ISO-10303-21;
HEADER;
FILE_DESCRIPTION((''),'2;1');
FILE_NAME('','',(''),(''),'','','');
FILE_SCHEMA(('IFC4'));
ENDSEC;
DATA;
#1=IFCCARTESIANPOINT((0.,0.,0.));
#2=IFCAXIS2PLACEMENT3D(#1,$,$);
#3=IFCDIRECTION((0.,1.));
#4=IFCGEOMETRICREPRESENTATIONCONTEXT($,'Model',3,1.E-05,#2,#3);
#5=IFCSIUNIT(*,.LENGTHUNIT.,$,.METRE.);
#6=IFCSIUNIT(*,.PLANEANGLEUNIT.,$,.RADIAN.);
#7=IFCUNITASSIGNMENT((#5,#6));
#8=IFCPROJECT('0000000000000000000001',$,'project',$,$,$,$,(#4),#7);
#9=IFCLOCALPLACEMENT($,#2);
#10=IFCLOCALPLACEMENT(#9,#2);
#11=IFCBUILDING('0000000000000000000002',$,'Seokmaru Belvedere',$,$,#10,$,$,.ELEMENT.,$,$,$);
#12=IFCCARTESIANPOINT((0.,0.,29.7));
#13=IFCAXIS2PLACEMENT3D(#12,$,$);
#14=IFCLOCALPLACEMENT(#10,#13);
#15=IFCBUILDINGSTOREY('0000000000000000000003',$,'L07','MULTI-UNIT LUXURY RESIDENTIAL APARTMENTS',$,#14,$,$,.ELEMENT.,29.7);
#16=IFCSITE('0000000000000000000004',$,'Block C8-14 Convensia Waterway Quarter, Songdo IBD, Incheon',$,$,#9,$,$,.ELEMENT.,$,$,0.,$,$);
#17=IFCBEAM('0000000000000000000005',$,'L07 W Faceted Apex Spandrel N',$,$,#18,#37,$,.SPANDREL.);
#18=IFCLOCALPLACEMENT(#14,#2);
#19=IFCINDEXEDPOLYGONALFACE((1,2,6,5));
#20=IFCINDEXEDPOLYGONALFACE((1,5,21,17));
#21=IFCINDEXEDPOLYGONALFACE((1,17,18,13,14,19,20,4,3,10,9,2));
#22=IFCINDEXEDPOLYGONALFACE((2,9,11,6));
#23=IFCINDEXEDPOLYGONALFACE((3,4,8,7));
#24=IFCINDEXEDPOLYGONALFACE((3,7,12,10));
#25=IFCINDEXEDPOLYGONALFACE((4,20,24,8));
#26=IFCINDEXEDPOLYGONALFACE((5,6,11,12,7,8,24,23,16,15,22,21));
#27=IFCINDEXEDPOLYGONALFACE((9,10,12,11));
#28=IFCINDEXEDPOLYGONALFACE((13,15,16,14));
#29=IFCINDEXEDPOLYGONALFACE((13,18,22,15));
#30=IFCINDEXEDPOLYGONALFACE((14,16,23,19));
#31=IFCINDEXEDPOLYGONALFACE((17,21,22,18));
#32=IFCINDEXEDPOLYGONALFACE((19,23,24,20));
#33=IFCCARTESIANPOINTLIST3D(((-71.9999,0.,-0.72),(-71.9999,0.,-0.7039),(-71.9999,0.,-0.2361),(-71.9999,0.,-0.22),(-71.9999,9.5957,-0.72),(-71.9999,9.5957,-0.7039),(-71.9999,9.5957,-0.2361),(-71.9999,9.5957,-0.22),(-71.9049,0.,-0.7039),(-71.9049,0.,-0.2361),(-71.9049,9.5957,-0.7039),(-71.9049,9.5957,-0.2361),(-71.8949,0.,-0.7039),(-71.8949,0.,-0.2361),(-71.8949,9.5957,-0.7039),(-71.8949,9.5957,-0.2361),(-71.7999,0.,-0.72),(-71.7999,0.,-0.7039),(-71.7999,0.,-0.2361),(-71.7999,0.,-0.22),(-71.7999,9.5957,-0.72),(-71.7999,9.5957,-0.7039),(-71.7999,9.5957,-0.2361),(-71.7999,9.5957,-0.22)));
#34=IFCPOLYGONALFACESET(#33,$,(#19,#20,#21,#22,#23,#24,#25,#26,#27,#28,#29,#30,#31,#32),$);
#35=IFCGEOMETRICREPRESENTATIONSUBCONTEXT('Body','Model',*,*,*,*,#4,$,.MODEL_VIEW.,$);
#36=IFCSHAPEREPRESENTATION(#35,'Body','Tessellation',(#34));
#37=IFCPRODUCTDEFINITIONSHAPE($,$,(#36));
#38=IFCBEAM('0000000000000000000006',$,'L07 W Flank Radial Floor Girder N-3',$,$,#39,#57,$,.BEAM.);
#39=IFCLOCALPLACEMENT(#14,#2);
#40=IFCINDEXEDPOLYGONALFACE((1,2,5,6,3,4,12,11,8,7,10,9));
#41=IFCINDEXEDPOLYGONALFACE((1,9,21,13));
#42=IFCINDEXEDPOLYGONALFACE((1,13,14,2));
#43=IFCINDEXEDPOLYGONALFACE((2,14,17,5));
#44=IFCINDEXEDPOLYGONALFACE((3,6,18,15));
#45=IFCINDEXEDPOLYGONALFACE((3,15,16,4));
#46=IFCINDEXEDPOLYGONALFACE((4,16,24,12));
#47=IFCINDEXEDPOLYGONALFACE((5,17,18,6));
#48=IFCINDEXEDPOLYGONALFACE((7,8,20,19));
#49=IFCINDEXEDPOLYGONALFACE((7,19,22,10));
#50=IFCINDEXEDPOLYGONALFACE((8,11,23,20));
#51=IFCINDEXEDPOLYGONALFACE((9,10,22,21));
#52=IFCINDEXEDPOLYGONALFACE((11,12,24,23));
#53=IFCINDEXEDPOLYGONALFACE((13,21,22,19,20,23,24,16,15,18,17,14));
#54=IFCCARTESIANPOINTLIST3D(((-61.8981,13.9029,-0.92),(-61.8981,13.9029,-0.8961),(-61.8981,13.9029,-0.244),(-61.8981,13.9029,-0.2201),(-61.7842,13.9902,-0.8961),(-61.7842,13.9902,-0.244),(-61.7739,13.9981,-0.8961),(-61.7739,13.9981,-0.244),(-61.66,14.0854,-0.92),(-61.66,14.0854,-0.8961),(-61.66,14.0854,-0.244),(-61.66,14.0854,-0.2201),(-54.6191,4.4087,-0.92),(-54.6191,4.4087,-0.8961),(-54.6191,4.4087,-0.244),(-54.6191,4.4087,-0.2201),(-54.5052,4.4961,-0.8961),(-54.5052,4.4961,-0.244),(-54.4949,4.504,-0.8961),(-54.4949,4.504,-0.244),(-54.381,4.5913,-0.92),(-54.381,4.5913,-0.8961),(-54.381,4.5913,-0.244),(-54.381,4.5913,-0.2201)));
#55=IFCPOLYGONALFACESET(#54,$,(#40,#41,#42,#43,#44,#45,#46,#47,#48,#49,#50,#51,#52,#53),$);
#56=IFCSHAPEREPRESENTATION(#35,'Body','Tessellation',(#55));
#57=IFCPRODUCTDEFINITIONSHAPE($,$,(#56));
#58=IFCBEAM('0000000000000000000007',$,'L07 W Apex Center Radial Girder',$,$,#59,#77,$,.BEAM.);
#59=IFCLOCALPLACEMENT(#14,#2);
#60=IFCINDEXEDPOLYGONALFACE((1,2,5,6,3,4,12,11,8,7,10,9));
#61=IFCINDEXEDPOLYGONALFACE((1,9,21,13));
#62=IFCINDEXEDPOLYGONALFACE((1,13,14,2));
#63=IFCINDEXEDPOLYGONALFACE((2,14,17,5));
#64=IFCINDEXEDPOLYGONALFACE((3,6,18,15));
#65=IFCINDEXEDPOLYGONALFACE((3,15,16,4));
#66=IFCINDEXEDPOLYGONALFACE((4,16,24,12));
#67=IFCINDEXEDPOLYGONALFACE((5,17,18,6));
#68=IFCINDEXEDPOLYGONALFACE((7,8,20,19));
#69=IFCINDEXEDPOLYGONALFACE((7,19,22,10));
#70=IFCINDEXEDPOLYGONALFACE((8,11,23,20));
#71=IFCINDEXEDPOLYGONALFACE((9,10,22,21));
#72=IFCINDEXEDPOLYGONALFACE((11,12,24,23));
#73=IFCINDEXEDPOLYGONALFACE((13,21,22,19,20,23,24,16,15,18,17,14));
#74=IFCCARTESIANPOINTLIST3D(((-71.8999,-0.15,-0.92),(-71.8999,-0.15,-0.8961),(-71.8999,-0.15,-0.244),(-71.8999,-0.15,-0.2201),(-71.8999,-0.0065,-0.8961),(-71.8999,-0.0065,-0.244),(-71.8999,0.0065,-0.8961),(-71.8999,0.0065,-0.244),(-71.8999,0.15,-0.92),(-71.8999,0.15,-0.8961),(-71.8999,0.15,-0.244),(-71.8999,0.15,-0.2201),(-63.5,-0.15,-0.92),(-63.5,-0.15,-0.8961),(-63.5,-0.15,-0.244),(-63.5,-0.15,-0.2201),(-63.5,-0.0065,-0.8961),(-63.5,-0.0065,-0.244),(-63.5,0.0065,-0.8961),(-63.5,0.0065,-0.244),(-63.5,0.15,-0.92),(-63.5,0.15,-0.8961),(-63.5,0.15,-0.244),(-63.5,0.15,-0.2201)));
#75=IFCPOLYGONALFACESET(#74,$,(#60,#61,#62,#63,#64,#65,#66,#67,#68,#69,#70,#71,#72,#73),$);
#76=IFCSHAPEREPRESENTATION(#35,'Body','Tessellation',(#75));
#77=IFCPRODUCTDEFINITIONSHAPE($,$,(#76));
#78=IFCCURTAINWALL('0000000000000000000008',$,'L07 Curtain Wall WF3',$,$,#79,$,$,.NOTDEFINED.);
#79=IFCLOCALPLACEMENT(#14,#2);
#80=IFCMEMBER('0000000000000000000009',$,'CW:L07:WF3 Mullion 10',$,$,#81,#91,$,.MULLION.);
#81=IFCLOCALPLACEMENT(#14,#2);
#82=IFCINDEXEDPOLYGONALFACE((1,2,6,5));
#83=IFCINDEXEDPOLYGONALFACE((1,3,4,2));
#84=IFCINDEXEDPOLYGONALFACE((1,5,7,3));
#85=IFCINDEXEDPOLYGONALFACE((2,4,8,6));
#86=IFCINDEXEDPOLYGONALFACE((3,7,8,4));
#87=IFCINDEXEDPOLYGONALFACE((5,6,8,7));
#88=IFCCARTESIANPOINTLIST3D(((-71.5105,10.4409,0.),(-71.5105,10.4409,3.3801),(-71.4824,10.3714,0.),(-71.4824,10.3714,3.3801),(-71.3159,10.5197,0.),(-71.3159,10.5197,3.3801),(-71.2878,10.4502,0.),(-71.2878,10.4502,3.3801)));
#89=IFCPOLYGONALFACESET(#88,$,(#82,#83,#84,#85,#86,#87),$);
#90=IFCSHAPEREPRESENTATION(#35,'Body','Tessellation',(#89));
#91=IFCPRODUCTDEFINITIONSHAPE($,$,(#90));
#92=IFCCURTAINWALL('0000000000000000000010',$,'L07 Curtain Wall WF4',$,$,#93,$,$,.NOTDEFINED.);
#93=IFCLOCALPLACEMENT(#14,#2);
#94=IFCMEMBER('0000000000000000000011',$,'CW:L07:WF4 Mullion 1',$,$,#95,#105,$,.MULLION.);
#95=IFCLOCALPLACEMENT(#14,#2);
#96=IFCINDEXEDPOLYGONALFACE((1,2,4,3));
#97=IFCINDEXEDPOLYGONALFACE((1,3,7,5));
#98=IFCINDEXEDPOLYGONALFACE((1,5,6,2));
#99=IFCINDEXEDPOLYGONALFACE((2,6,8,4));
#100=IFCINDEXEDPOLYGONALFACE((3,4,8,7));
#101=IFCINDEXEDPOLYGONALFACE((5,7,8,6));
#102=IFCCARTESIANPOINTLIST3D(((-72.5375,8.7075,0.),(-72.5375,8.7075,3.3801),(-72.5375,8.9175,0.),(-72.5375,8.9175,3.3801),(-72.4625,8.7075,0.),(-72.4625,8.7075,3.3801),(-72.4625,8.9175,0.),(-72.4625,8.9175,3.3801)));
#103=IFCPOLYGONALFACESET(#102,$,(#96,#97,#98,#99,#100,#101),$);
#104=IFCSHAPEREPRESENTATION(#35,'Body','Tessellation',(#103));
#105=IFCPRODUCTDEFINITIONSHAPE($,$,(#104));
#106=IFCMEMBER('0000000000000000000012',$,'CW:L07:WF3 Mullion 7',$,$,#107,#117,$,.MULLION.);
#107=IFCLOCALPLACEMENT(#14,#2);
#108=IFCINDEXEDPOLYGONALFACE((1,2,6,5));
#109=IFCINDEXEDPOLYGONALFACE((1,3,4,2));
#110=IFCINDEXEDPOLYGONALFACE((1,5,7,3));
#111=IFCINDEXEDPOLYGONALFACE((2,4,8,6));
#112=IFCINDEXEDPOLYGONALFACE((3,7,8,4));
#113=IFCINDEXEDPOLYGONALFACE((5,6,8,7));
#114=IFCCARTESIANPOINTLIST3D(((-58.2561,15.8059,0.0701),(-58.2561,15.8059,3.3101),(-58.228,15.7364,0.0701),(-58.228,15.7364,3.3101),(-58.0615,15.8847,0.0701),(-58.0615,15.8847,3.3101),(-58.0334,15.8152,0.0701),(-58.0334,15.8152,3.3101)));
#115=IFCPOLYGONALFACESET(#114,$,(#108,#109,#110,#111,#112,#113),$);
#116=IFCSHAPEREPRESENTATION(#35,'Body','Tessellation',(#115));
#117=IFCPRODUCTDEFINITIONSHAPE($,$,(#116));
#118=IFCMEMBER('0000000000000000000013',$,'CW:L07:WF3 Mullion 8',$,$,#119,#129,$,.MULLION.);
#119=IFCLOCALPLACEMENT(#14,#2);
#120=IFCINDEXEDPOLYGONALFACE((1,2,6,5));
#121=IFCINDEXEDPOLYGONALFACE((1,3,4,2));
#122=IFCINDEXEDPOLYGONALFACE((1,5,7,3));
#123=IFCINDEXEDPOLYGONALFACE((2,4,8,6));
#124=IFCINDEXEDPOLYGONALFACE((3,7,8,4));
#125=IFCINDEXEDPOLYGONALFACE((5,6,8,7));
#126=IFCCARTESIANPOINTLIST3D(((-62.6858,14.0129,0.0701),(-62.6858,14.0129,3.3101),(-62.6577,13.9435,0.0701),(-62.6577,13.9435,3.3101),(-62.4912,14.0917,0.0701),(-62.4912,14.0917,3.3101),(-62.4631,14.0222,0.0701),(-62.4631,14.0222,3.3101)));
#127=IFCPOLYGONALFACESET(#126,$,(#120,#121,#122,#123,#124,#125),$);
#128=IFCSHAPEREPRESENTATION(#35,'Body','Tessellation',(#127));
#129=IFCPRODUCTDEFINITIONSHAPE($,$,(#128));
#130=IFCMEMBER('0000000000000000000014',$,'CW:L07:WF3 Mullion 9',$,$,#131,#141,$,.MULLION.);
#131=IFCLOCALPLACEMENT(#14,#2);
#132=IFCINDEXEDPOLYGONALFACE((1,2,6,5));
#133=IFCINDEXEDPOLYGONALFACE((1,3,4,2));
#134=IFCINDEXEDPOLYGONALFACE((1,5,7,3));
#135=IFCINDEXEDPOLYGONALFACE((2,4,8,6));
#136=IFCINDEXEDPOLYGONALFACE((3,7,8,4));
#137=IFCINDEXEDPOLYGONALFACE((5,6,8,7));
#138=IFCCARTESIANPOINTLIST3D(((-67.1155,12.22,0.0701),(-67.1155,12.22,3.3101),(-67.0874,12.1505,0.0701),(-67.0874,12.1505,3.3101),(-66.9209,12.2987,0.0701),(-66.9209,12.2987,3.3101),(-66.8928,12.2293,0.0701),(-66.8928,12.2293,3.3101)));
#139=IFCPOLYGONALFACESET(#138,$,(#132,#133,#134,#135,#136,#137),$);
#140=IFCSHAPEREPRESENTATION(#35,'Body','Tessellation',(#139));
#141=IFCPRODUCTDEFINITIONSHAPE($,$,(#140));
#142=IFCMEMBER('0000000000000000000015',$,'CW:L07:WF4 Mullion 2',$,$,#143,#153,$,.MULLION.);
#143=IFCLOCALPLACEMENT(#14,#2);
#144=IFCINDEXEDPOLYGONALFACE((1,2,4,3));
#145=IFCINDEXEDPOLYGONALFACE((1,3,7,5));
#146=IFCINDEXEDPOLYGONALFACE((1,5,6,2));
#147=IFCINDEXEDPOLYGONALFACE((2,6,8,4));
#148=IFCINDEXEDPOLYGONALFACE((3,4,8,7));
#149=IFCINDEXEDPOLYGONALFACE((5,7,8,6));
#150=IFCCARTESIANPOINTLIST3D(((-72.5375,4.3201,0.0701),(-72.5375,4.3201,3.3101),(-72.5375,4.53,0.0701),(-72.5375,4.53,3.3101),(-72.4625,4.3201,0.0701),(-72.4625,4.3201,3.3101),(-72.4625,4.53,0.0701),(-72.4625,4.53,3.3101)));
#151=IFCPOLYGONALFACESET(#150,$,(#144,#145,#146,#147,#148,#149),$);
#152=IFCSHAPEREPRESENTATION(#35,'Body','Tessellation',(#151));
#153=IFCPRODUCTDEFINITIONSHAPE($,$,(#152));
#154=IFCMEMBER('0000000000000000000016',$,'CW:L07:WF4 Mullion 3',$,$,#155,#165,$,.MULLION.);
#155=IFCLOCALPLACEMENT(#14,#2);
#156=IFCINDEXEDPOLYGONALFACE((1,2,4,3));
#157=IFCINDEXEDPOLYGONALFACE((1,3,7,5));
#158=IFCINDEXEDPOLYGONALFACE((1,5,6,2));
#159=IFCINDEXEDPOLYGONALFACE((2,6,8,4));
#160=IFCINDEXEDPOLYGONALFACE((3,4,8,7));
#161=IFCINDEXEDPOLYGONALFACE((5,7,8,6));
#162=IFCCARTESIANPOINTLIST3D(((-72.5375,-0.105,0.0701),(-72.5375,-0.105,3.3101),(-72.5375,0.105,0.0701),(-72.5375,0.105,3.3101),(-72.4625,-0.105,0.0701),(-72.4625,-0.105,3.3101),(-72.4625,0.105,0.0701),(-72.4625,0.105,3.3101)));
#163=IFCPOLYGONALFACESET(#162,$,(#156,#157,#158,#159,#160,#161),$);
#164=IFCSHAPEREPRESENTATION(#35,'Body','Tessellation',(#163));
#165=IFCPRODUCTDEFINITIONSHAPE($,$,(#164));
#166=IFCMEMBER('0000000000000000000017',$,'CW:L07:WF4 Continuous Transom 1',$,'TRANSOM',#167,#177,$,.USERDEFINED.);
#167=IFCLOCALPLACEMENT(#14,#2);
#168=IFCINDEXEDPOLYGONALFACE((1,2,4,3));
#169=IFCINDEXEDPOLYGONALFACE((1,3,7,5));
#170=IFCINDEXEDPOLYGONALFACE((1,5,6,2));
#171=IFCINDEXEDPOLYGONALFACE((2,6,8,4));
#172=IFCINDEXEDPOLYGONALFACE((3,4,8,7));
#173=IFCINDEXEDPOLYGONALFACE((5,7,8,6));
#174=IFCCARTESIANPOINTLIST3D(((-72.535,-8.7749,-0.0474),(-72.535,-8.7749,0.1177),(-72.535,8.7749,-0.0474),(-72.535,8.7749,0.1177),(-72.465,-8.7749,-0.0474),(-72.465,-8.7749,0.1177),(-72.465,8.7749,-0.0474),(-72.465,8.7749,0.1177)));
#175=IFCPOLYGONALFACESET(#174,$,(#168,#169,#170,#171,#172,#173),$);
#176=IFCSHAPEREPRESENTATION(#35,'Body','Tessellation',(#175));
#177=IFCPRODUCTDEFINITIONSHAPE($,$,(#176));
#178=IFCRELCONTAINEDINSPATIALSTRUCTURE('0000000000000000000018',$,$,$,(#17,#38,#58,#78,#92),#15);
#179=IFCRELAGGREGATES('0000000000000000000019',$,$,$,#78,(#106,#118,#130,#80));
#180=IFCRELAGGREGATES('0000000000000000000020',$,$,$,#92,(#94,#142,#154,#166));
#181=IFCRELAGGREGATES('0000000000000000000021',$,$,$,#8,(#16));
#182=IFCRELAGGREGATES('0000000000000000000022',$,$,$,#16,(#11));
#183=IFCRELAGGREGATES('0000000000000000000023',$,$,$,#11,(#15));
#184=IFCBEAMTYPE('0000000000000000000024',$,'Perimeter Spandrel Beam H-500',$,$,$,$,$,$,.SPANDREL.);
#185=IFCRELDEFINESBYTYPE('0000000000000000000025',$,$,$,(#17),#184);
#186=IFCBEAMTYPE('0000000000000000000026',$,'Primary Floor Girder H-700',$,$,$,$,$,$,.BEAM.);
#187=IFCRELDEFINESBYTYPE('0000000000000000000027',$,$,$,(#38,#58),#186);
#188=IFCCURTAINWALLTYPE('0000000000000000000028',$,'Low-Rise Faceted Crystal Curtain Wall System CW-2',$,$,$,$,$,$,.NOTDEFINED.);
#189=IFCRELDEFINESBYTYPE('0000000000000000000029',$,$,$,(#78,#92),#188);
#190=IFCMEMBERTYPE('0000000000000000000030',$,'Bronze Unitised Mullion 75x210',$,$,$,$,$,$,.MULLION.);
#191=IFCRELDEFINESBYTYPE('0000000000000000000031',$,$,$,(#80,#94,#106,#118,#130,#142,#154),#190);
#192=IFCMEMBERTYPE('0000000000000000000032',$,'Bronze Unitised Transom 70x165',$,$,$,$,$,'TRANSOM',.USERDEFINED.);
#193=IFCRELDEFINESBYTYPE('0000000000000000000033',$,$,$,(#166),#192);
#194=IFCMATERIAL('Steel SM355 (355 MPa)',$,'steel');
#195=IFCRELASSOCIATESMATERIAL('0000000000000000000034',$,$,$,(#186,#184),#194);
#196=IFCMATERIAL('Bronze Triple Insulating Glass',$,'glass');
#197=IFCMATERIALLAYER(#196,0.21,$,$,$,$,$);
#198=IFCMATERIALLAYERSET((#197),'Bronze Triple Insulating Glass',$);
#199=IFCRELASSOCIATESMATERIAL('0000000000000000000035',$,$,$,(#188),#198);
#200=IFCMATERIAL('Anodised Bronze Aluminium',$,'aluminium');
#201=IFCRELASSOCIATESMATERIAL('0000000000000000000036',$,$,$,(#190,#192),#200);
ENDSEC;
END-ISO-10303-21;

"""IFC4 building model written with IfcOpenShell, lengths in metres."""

from ifc_helpers import new_model, si_unit, direction, frame, origin, origin_2d, place, context, subcontext, project, spatial, rectangle, i_section, extrude, source, transform, mapped, material, layer, layer_set, material_profile, profile_set, type_object, type_shapes, element, aggregate, save


model = new_model("IFC4")

# Units and contexts
model_context = context("Model", 3, precision=1e-05, world=origin(), true_north=direction((0.0, 1.0)))
body_context = subcontext(model_context, "Body", "Model", "MODEL_VIEW")
ifc_project = project(units=[si_unit("LENGTHUNIT", "METRE"), si_unit("PLANEANGLEUNIT", "RADIAN")], contexts=[model_context])

# Site, building, storey
site_placement = place(None, origin())
site = spatial("IfcSite", under=ifc_project, at=site_placement, Name="Block C8-14 Convensia Waterway Quarter, Songdo IBD, Incheon", CompositionType="ELEMENT", RefElevation=0.0)
building_placement = place(site_placement, origin())
building = spatial("IfcBuilding", under=site, at=building_placement, Name="Seokmaru Belvedere", CompositionType="ELEMENT")
storey_placement = place(building_placement, frame((0.0, 0.0, 29.7)))
storey = spatial("IfcBuildingStorey", under=building, at=storey_placement, Name="L07", Description="MULTI-UNIT LUXURY RESIDENTIAL APARTMENTS", CompositionType="ELEMENT", Elevation=29.7)

# Shared definitions
ifc_material_1 = material(Name="Steel SM355 (355 MPa)", Category="steel")

# Beams
ifc_material_profile_1 = material_profile(ifc_material_1, i_section(OverallWidth=0.3, OverallDepth=0.7, WebThickness=0.0129, FlangeThickness=0.0239, at=origin_2d()), Name="H-700x300x13x24")
ifc_profile_set_1 = profile_set([ifc_material_profile_1], Name="Steel SM355 (355 MPa)")
beam_type_1 = type_object("IfcBeamType", Name="Primary Floor Girder H-700", PredefinedType="BEAM", material=ifc_profile_set_1)
ifc_material_profile_2 = material_profile(ifc_material_1, i_section(OverallWidth=0.2, OverallDepth=0.5, WebThickness=0.01, FlangeThickness=0.0161, at=origin_2d()), Name="H-500x200x10x16")
ifc_profile_set_2 = profile_set([ifc_material_profile_2], Name="Steel SM355 (355 MPa)")
beam_type_2 = type_object("IfcBeamType", Name="Perimeter Spandrel Beam H-500", PredefinedType="SPANDREL", material=ifc_profile_set_2)
shared_shape_1 = source(origin(), body_context, "Body", "SweptSolid", [
    extrude(i_section(OverallWidth=0.2, OverallDepth=0.5, WebThickness=0.01, FlangeThickness=0.0161, at=origin_2d()), origin(), (0.0, 0.0, 1.0), 9.5957),
])
beam_1_placement = place(storey_placement, frame((-71.8999, 0.0, -0.47), z_axis=(0.0, 1.0, 0.0), x_axis=(-1.0, 0.0, 0.0)))
element("IfcBeam", 1, at=beam_1_placement, inside=storey, type_object=beam_type_2, Name="L07 W Faceted Apex Spandrel N", PredefinedType="SPANDREL", context=body_context, shape_type="MappedRepresentation", body=[
    mapped(shared_shape_1, transform((0.0, 0.0, 0.0), scale=1.0)),
])
shared_shape_2 = source(origin(), body_context, "Body", "SweptSolid", [
    extrude(i_section(OverallWidth=0.3, OverallDepth=0.7, WebThickness=0.0129, FlangeThickness=0.0239, at=origin_2d()), origin(), (0.0, 0.0, 1.0), 11.9634),
])
beam_2_placement = place(storey_placement, frame((-61.7791, 13.9941, -0.5701), z_axis=(0.608443, -0.793598, 0.0), x_axis=(0.793598, 0.608443, 0.0)))
element("IfcBeam", 2, at=beam_2_placement, inside=storey, type_object=beam_type_1, Name="L07 W Flank Radial Floor Girder N-3", PredefinedType="BEAM", context=body_context, shape_type="MappedRepresentation", body=[
    mapped(shared_shape_2, transform((0.0, 0.0, 0.0), scale=1.0)),
])
shared_shape_3 = source(origin(), body_context, "Body", "SweptSolid", [
    extrude(i_section(OverallWidth=0.3, OverallDepth=0.7, WebThickness=0.0129, FlangeThickness=0.0239, at=origin_2d()), origin(), (0.0, 0.0, 1.0), 8.3999),
])
beam_3_placement = place(storey_placement, frame((-71.8999, 0.0, -0.5701), z_axis=(1.0, 0.0, 0.0), x_axis=(0.0, 1.0, 0.0)))
element("IfcBeam", 3, at=beam_3_placement, inside=storey, type_object=beam_type_1, Name="L07 W Apex Center Radial Girder", PredefinedType="BEAM", context=body_context, shape_type="MappedRepresentation", body=[
    mapped(shared_shape_3, transform((0.0, 0.0, 0.0), scale=1.0)),
])

# Curtain walls, members
ifc_material_2 = material(Name="Bronze Triple Insulating Glass", Category="glass")
ifc_layer_1 = layer(ifc_material_2, 0.21)
ifc_layer_set_1 = layer_set([ifc_layer_1], Name="Bronze Triple Insulating Glass")
curtain_wall_type = type_object("IfcCurtainWallType", Name="Low-Rise Faceted Crystal Curtain Wall System CW-2", PredefinedType="NOTDEFINED", material=ifc_layer_set_1)
curtain_wall_1_placement = place(storey_placement, origin())
curtain_wall_1 = element("IfcCurtainWall", 4, at=curtain_wall_1_placement, inside=storey, type_object=curtain_wall_type, Name="L07 Curtain Wall WF3", PredefinedType="NOTDEFINED")
ifc_material_3 = material(Name="Anodised Bronze Aluminium", Category="aluminium")
ifc_material_profile_3 = material_profile(ifc_material_3, rectangle(XDim=0.075, YDim=0.21, at=origin_2d()), Name="CW-M-75x210")
ifc_profile_set_3 = profile_set([ifc_material_profile_3], Name="Anodised Bronze Aluminium")
member_type_1 = type_object("IfcMemberType", Name="Bronze Unitised Mullion 75x210", PredefinedType="MULLION", material=ifc_profile_set_3)
shared_shape_4 = source(origin(), body_context, "Body", "SweptSolid", [
    extrude(rectangle(XDim=0.075, YDim=0.21, at=origin_2d()), origin(), (0.0, 0.0, 1.0), 3.3801),
])
member_1_placement = place(storey_placement, frame((-71.3992, 10.4456, 0.0), z_axis=(0.0, 0.0, 1.0), x_axis=(0.375192, -0.926947, 0.0)))
member_1 = element("IfcMember", 5, at=member_1_placement, type_object=member_type_1, Name="CW:L07:WF3 Mullion 10", PredefinedType="MULLION", context=body_context, shape_type="MappedRepresentation", body=[
    mapped(shared_shape_4, transform((0.0, 0.0, 0.0), scale=1.0)),
])
curtain_wall_2_placement = place(storey_placement, origin())
curtain_wall_2 = element("IfcCurtainWall", 6, at=curtain_wall_2_placement, inside=storey, type_object=curtain_wall_type, Name="L07 Curtain Wall WF4", PredefinedType="NOTDEFINED")
member_2_placement = place(storey_placement, frame((-72.5, 8.8125, 0.0), z_axis=(0.0, 0.0, 1.0), x_axis=(1.0, 0.0, 0.0)))
member_2 = element("IfcMember", 7, at=member_2_placement, type_object=member_type_1, Name="CW:L07:WF4 Mullion 1", PredefinedType="MULLION", context=body_context, shape_type="MappedRepresentation", body=[
    mapped(shared_shape_4, transform((0.0, 0.0, 0.0), scale=1.0)),
])

# Members
shared_shape_5 = source(origin(), body_context, "Body", "SweptSolid", [
    extrude(rectangle(XDim=0.075, YDim=0.21, at=origin_2d()), origin(), (0.0, 0.0, 1.0), 3.24),
])
type_shapes(member_type_1, [shared_shape_4, shared_shape_5])
member_3_placement = place(storey_placement, frame((-58.1448, 15.8105, 0.0701), z_axis=(0.0, 0.0, 1.0), x_axis=(0.375192, -0.926947, 0.0)))
member_3 = element("IfcMember", 8, at=member_3_placement, type_object=member_type_1, Name="CW:L07:WF3 Mullion 7", PredefinedType="MULLION", context=body_context, shape_type="MappedRepresentation", body=[
    mapped(shared_shape_5, transform((0.0, 0.0, 0.0), scale=1.0)),
])
member_4_placement = place(storey_placement, frame((-62.5745, 14.0176, 0.0701), z_axis=(0.0, 0.0, 1.0), x_axis=(0.375192, -0.926947, 0.0)))
member_4 = element("IfcMember", 9, at=member_4_placement, type_object=member_type_1, Name="CW:L07:WF3 Mullion 8", PredefinedType="MULLION", context=body_context, shape_type="MappedRepresentation", body=[
    mapped(shared_shape_5, transform((0.0, 0.0, 0.0), scale=1.0)),
])
member_5_placement = place(storey_placement, frame((-67.0042, 12.2246, 0.0701), z_axis=(0.0, 0.0, 1.0), x_axis=(0.375192, -0.926947, 0.0)))
member_5 = element("IfcMember", 10, at=member_5_placement, type_object=member_type_1, Name="CW:L07:WF3 Mullion 9", PredefinedType="MULLION", context=body_context, shape_type="MappedRepresentation", body=[
    mapped(shared_shape_5, transform((0.0, 0.0, 0.0), scale=1.0)),
])
member_6_placement = place(storey_placement, frame((-72.5, 4.425, 0.0701), z_axis=(0.0, 0.0, 1.0), x_axis=(1.0, 0.0, 0.0)))
member_6 = element("IfcMember", 11, at=member_6_placement, type_object=member_type_1, Name="CW:L07:WF4 Mullion 2", PredefinedType="MULLION", context=body_context, shape_type="MappedRepresentation", body=[
    mapped(shared_shape_5, transform((0.0, 0.0, 0.0), scale=1.0)),
])
member_7_placement = place(storey_placement, frame((-72.5, 0.0, 0.0701), z_axis=(0.0, 0.0, 1.0), x_axis=(1.0, 0.0, 0.0)))
member_7 = element("IfcMember", 12, at=member_7_placement, type_object=member_type_1, Name="CW:L07:WF4 Mullion 3", PredefinedType="MULLION", context=body_context, shape_type="MappedRepresentation", body=[
    mapped(shared_shape_5, transform((0.0, 0.0, 0.0), scale=1.0)),
])
ifc_material_profile_4 = material_profile(ifc_material_3, rectangle(XDim=0.0701, YDim=0.165, at=origin_2d()), Name="CW-T-70x165")
ifc_profile_set_4 = profile_set([ifc_material_profile_4], Name="Anodised Bronze Aluminium")
member_type_2 = type_object("IfcMemberType", Name="Bronze Unitised Transom 70x165", ElementType="TRANSOM", PredefinedType="USERDEFINED", material=ifc_profile_set_4)
shared_shape_6 = source(origin(), body_context, "Body", "SweptSolid", [
    extrude(rectangle(XDim=0.0701, YDim=0.165, at=origin_2d()), origin(), (0.0, 0.0, 1.0), 17.5498),
])
type_shapes(member_type_2, [shared_shape_6])
member_8_placement = place(storey_placement, frame((-72.5, 8.7749, 0.0352), z_axis=(0.0, -1.0, 0.0), x_axis=(1.0, 0.0, 0.0)))
member_8 = element("IfcMember", 13, at=member_8_placement, type_object=member_type_2, Name="CW:L07:WF4 Continuous Transom 1", ObjectType="TRANSOM", PredefinedType="USERDEFINED", context=body_context, shape_type="MappedRepresentation", body=[
    mapped(shared_shape_6, transform((0.0, 0.0, 0.0), scale=1.0)),
])

aggregate(curtain_wall_1, [member_3, member_4, member_5, member_1])
aggregate(curtain_wall_2, [member_2, member_6, member_7, member_8])

save(model, "model.ifc")
